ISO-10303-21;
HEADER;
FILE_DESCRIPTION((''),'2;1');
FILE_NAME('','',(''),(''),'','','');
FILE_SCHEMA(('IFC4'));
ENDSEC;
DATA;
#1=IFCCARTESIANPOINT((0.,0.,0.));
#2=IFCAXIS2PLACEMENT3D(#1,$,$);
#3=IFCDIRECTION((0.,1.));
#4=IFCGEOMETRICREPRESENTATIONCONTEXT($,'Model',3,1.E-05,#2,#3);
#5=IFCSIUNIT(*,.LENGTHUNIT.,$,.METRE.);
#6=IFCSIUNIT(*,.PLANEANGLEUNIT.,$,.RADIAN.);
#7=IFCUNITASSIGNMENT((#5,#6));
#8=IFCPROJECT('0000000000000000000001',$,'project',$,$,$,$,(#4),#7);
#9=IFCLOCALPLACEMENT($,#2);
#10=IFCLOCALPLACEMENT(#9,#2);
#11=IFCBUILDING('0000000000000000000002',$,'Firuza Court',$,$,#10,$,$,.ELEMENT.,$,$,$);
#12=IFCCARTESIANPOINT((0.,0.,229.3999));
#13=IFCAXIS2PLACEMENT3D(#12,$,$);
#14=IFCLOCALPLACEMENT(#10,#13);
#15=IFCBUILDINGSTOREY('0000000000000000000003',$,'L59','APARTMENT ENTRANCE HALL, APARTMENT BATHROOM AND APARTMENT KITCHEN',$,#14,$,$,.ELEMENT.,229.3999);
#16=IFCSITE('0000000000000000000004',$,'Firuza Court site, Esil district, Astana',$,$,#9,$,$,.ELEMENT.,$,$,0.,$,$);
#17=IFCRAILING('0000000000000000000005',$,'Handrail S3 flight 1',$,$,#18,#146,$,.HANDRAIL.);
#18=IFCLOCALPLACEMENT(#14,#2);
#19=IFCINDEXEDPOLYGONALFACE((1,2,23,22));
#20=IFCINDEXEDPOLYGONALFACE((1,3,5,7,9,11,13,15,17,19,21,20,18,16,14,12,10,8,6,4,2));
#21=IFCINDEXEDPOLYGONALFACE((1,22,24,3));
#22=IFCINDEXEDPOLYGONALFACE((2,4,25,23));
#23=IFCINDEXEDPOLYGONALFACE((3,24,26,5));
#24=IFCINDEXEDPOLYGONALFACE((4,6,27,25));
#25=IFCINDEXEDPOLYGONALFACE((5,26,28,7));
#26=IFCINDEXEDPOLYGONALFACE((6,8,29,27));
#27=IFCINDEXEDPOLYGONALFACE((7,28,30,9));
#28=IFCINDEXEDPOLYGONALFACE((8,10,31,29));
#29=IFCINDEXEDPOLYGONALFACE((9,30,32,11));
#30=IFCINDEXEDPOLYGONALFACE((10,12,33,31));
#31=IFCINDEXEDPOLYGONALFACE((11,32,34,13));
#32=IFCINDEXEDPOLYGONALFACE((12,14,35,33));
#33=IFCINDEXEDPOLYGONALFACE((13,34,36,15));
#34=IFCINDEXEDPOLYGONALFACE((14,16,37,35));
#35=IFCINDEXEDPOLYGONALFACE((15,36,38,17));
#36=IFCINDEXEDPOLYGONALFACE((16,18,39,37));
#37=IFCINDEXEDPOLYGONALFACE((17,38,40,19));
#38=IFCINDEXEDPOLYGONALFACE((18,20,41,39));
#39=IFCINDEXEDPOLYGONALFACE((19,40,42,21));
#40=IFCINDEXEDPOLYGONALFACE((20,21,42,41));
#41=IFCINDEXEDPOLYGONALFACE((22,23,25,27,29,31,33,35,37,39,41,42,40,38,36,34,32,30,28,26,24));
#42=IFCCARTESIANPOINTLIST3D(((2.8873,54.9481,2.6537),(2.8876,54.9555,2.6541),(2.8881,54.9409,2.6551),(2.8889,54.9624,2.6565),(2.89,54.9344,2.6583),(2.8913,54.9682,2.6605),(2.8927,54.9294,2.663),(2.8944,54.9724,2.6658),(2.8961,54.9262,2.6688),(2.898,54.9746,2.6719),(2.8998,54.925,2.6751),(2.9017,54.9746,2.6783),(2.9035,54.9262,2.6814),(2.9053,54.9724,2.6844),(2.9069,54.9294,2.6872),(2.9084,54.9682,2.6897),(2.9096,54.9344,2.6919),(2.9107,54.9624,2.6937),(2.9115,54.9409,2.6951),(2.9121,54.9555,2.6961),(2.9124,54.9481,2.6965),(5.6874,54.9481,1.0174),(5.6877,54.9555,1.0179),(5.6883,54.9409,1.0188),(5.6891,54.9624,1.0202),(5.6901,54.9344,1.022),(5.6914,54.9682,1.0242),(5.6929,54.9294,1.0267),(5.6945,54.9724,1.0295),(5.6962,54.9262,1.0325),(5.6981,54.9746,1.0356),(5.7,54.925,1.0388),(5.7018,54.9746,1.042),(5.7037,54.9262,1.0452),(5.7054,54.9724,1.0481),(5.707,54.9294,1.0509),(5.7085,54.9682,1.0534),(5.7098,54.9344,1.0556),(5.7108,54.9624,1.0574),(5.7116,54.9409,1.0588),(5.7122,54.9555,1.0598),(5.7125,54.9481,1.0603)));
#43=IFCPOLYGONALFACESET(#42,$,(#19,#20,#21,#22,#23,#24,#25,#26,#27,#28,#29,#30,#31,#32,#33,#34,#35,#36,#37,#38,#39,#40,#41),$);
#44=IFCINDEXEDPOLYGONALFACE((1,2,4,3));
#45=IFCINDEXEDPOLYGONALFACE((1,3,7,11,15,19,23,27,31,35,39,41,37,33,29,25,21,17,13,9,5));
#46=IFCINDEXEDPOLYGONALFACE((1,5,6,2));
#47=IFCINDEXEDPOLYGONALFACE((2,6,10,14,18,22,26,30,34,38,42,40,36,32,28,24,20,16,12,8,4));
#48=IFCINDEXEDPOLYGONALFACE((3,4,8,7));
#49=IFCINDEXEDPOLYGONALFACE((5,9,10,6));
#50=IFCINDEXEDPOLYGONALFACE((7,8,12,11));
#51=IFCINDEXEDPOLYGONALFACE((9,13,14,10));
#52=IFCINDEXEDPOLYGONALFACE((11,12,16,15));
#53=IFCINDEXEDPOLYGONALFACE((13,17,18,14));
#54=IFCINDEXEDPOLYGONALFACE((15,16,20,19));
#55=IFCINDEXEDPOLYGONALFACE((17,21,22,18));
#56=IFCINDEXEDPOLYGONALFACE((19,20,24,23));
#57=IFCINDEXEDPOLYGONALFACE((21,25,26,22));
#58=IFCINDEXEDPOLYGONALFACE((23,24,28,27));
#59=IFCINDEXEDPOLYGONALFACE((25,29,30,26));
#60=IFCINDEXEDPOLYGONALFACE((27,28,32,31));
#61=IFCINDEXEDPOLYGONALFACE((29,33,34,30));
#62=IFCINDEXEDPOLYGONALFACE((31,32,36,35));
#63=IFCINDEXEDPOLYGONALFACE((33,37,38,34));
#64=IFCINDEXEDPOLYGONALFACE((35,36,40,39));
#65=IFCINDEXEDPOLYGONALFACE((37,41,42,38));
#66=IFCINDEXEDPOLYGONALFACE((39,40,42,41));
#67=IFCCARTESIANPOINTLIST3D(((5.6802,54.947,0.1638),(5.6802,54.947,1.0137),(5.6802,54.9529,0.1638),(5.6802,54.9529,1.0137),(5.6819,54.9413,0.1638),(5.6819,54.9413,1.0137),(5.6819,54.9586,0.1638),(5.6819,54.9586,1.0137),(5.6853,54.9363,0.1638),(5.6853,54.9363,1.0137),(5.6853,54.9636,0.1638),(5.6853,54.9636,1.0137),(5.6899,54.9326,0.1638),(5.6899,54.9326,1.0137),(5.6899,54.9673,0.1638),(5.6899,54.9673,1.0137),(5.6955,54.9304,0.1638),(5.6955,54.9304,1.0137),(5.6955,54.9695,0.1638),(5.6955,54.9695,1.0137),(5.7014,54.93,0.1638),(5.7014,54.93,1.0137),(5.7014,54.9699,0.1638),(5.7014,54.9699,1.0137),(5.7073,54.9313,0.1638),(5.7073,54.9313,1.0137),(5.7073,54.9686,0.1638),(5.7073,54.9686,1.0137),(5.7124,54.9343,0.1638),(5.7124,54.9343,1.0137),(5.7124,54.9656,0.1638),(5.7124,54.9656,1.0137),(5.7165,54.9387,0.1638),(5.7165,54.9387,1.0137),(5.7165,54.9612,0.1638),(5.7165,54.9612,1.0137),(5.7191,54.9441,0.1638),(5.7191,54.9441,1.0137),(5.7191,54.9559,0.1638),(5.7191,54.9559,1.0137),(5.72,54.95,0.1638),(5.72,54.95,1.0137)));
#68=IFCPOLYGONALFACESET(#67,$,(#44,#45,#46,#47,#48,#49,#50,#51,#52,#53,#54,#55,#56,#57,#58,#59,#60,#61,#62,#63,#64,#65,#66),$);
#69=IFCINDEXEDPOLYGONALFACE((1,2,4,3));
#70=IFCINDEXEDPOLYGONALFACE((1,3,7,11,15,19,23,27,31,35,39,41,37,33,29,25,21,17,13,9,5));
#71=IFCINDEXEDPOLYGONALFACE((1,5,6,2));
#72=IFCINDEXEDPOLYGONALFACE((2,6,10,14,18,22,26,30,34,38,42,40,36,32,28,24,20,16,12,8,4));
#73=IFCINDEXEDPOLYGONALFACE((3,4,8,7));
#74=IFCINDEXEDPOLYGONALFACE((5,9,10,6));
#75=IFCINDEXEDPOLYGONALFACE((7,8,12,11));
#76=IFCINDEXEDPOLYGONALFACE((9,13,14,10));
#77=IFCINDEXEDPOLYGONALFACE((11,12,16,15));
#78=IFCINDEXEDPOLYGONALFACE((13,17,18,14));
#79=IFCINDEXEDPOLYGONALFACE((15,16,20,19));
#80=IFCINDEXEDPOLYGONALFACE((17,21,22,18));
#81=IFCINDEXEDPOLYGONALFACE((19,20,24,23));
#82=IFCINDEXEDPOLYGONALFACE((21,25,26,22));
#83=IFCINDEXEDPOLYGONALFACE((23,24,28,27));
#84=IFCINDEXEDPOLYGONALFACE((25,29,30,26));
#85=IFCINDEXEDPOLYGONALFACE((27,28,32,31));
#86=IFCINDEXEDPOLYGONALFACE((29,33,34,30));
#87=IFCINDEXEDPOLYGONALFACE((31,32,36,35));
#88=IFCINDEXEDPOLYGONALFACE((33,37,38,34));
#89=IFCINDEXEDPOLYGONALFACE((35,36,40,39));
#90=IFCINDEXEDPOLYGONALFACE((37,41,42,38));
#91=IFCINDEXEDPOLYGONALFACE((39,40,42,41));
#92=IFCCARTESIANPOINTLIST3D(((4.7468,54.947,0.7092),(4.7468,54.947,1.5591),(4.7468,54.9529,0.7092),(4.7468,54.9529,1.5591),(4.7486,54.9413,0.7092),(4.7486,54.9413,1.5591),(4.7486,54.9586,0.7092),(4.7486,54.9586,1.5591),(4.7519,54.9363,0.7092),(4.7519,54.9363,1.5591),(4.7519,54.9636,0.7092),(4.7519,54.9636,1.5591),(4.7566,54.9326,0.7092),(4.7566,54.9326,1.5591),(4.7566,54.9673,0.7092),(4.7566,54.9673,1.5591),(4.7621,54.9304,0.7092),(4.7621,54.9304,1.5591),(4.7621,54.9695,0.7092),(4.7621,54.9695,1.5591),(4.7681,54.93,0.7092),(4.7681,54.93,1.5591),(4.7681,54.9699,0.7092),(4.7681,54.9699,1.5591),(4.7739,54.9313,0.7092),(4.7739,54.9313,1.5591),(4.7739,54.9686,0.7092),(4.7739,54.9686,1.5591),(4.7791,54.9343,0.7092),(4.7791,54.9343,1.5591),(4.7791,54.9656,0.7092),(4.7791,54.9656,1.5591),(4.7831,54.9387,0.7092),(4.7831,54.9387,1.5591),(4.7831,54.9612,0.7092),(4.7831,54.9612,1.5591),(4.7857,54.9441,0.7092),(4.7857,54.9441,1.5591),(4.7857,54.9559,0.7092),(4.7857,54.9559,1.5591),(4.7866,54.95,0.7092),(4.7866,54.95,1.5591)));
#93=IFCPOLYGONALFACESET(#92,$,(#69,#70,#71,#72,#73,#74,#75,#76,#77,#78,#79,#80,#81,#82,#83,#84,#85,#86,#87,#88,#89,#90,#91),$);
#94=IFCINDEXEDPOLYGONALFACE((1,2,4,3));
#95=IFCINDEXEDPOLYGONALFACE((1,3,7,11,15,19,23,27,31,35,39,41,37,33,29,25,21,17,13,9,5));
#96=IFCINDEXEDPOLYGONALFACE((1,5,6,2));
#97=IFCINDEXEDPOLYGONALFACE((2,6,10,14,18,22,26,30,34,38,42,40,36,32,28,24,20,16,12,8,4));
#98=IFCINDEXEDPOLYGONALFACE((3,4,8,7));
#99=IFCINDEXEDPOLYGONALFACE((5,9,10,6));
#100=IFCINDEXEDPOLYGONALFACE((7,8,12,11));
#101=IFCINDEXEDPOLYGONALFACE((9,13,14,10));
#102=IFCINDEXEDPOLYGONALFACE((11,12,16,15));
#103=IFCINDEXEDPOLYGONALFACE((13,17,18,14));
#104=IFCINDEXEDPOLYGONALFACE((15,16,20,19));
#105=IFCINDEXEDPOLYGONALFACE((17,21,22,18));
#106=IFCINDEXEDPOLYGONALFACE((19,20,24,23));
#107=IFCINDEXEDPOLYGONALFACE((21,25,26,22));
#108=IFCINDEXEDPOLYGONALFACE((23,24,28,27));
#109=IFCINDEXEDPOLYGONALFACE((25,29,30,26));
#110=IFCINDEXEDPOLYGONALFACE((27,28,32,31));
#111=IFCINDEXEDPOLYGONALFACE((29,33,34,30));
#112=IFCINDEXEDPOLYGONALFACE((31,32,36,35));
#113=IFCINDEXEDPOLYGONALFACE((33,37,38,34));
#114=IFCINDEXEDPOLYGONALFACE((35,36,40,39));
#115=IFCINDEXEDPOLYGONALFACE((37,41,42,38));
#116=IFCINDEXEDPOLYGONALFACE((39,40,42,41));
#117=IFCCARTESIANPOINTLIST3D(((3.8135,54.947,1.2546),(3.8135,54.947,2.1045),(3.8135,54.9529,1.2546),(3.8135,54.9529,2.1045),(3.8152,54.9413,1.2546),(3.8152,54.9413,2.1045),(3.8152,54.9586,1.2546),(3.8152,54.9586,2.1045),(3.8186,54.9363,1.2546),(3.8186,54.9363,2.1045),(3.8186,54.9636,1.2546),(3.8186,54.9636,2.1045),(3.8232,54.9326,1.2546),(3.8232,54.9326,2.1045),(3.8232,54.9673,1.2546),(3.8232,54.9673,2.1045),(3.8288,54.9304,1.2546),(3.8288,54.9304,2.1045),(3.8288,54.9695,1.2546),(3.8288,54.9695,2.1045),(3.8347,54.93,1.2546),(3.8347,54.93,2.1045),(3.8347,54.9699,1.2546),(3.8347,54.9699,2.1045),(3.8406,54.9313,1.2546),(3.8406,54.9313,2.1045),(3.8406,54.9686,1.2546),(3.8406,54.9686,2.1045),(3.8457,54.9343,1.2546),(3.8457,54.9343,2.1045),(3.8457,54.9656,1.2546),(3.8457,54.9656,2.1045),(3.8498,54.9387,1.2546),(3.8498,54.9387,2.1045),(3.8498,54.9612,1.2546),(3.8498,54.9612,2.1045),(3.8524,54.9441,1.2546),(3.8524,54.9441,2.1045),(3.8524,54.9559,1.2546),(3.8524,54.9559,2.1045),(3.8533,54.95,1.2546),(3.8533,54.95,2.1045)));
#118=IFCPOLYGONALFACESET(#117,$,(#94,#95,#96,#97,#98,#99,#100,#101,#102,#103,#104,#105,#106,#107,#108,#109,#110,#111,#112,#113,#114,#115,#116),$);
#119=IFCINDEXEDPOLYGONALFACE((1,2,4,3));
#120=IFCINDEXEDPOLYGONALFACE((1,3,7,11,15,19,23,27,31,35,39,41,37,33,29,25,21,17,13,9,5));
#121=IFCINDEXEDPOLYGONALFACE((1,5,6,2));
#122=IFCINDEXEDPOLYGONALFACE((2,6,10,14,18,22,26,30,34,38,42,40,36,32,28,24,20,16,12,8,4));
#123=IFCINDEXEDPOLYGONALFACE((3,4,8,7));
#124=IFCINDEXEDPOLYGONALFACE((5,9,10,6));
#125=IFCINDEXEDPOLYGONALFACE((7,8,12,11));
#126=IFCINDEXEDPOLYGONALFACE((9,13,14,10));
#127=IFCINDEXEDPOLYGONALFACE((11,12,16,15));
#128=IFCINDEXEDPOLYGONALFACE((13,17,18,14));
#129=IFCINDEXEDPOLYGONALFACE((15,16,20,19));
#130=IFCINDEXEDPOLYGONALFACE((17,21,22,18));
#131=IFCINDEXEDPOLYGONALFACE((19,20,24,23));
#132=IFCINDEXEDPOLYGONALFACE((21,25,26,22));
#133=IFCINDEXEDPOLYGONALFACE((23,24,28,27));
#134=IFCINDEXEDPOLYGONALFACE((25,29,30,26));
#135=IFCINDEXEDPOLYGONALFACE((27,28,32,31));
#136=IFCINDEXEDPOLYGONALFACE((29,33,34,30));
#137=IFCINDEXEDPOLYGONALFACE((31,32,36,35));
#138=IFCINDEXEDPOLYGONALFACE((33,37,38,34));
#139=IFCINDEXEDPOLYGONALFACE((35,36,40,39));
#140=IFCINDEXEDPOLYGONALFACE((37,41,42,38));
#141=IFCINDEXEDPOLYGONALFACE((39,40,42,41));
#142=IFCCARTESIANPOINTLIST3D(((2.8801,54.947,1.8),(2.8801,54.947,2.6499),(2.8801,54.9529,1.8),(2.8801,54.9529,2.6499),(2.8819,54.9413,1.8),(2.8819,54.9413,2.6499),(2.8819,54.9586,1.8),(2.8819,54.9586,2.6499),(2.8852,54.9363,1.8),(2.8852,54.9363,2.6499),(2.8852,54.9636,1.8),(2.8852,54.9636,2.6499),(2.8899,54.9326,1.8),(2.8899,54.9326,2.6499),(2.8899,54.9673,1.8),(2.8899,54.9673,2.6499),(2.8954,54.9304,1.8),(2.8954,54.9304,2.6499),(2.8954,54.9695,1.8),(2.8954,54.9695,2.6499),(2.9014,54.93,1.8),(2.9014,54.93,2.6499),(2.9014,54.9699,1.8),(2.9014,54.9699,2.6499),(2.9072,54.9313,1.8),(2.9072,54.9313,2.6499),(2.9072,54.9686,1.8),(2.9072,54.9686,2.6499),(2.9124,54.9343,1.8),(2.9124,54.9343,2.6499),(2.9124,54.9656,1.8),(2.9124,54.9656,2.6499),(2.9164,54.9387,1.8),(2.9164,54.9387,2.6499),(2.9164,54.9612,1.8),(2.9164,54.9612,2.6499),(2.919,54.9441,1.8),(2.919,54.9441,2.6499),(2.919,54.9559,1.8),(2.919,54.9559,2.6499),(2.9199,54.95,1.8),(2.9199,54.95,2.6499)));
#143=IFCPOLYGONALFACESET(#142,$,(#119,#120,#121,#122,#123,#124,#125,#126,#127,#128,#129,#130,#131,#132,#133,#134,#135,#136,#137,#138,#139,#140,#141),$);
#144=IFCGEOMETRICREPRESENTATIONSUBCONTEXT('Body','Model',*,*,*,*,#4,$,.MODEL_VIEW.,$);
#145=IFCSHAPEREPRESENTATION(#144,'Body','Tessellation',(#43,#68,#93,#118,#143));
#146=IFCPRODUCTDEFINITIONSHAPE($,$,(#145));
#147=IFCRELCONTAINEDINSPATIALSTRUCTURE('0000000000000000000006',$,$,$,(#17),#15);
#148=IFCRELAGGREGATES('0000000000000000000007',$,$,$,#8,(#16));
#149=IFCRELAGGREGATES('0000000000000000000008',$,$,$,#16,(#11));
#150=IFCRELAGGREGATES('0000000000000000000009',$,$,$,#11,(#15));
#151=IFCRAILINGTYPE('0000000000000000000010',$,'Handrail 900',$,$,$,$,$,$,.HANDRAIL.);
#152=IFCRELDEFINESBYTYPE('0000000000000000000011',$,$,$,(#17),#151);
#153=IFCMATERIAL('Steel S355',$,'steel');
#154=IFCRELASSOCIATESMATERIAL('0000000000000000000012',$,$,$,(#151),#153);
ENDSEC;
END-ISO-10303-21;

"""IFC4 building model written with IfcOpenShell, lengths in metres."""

from ifc_helpers import new_model, si_unit, direction, frame, origin, origin_2d, place, context, subcontext, project, spatial, circle, extrude, material, type_object, element, save


model = new_model("IFC4")

# Units and contexts
model_context = context("Model", 3, precision=1e-05, world=origin(), true_north=direction((0.0, 1.0)))
body_context = subcontext(model_context, "Body", "Model", "MODEL_VIEW")
ifc_project = project(units=[si_unit("LENGTHUNIT", "METRE"), si_unit("PLANEANGLEUNIT", "RADIAN")], contexts=[model_context])

# Site, building, storey
site_placement = place(None, origin())
site = spatial("IfcSite", under=ifc_project, at=site_placement, Name="Firuza Court site, Esil district, Astana", CompositionType="ELEMENT", RefElevation=0.0)
building_placement = place(site_placement, origin())
building = spatial("IfcBuilding", under=site, at=building_placement, Name="Firuza Court", CompositionType="ELEMENT")
storey_placement = place(building_placement, frame((0.0, 0.0, 229.3999)))
storey = spatial("IfcBuildingStorey", under=building, at=storey_placement, Name="L59", Description="APARTMENT ENTRANCE HALL, APARTMENT BATHROOM AND APARTMENT KITCHEN", CompositionType="ELEMENT", Elevation=229.3999)

# Railing
ifc_material_1 = material(Name="Steel S355", Category="steel")
railing_type_1 = type_object("IfcRailingType", Name="Handrail 900", PredefinedType="HANDRAIL", material=ifc_material_1)
railing_1_placement = place(storey_placement, frame((5.7, 54.95, 0.1638)))
element("IfcRailing", 1, at=railing_1_placement, inside=storey, type_object=railing_type_1, Name="Handrail S3 flight 1", PredefinedType="HANDRAIL", context=body_context, shape_type="SweptSolid", body=[
    extrude(circle(Radius=0.0249, at=origin_2d()), frame((0.0, 0.0, 0.875), z_axis=(-0.863394, 0.0, 0.504531), x_axis=(0.0, -1.0, 0.0)), (0.0, 0.0, 1.0), 3.2432),
    extrude(circle(Radius=0.02, at=origin_2d()), origin(), (0.0, 0.0, 1.0), 0.8499),
    extrude(circle(Radius=0.02, at=origin_2d()), frame((-0.9333, 0.0, 0.5454)), (0.0, 0.0, 1.0), 0.8499),
    extrude(circle(Radius=0.02, at=origin_2d()), frame((-1.8667, 0.0, 1.0908)), (0.0, 0.0, 1.0), 0.8499),
    extrude(circle(Radius=0.02, at=origin_2d()), frame((-2.8, 0.0, 1.6362)), (0.0, 0.0, 1.0), 0.8499),
])

save(model, "model.ifc")
